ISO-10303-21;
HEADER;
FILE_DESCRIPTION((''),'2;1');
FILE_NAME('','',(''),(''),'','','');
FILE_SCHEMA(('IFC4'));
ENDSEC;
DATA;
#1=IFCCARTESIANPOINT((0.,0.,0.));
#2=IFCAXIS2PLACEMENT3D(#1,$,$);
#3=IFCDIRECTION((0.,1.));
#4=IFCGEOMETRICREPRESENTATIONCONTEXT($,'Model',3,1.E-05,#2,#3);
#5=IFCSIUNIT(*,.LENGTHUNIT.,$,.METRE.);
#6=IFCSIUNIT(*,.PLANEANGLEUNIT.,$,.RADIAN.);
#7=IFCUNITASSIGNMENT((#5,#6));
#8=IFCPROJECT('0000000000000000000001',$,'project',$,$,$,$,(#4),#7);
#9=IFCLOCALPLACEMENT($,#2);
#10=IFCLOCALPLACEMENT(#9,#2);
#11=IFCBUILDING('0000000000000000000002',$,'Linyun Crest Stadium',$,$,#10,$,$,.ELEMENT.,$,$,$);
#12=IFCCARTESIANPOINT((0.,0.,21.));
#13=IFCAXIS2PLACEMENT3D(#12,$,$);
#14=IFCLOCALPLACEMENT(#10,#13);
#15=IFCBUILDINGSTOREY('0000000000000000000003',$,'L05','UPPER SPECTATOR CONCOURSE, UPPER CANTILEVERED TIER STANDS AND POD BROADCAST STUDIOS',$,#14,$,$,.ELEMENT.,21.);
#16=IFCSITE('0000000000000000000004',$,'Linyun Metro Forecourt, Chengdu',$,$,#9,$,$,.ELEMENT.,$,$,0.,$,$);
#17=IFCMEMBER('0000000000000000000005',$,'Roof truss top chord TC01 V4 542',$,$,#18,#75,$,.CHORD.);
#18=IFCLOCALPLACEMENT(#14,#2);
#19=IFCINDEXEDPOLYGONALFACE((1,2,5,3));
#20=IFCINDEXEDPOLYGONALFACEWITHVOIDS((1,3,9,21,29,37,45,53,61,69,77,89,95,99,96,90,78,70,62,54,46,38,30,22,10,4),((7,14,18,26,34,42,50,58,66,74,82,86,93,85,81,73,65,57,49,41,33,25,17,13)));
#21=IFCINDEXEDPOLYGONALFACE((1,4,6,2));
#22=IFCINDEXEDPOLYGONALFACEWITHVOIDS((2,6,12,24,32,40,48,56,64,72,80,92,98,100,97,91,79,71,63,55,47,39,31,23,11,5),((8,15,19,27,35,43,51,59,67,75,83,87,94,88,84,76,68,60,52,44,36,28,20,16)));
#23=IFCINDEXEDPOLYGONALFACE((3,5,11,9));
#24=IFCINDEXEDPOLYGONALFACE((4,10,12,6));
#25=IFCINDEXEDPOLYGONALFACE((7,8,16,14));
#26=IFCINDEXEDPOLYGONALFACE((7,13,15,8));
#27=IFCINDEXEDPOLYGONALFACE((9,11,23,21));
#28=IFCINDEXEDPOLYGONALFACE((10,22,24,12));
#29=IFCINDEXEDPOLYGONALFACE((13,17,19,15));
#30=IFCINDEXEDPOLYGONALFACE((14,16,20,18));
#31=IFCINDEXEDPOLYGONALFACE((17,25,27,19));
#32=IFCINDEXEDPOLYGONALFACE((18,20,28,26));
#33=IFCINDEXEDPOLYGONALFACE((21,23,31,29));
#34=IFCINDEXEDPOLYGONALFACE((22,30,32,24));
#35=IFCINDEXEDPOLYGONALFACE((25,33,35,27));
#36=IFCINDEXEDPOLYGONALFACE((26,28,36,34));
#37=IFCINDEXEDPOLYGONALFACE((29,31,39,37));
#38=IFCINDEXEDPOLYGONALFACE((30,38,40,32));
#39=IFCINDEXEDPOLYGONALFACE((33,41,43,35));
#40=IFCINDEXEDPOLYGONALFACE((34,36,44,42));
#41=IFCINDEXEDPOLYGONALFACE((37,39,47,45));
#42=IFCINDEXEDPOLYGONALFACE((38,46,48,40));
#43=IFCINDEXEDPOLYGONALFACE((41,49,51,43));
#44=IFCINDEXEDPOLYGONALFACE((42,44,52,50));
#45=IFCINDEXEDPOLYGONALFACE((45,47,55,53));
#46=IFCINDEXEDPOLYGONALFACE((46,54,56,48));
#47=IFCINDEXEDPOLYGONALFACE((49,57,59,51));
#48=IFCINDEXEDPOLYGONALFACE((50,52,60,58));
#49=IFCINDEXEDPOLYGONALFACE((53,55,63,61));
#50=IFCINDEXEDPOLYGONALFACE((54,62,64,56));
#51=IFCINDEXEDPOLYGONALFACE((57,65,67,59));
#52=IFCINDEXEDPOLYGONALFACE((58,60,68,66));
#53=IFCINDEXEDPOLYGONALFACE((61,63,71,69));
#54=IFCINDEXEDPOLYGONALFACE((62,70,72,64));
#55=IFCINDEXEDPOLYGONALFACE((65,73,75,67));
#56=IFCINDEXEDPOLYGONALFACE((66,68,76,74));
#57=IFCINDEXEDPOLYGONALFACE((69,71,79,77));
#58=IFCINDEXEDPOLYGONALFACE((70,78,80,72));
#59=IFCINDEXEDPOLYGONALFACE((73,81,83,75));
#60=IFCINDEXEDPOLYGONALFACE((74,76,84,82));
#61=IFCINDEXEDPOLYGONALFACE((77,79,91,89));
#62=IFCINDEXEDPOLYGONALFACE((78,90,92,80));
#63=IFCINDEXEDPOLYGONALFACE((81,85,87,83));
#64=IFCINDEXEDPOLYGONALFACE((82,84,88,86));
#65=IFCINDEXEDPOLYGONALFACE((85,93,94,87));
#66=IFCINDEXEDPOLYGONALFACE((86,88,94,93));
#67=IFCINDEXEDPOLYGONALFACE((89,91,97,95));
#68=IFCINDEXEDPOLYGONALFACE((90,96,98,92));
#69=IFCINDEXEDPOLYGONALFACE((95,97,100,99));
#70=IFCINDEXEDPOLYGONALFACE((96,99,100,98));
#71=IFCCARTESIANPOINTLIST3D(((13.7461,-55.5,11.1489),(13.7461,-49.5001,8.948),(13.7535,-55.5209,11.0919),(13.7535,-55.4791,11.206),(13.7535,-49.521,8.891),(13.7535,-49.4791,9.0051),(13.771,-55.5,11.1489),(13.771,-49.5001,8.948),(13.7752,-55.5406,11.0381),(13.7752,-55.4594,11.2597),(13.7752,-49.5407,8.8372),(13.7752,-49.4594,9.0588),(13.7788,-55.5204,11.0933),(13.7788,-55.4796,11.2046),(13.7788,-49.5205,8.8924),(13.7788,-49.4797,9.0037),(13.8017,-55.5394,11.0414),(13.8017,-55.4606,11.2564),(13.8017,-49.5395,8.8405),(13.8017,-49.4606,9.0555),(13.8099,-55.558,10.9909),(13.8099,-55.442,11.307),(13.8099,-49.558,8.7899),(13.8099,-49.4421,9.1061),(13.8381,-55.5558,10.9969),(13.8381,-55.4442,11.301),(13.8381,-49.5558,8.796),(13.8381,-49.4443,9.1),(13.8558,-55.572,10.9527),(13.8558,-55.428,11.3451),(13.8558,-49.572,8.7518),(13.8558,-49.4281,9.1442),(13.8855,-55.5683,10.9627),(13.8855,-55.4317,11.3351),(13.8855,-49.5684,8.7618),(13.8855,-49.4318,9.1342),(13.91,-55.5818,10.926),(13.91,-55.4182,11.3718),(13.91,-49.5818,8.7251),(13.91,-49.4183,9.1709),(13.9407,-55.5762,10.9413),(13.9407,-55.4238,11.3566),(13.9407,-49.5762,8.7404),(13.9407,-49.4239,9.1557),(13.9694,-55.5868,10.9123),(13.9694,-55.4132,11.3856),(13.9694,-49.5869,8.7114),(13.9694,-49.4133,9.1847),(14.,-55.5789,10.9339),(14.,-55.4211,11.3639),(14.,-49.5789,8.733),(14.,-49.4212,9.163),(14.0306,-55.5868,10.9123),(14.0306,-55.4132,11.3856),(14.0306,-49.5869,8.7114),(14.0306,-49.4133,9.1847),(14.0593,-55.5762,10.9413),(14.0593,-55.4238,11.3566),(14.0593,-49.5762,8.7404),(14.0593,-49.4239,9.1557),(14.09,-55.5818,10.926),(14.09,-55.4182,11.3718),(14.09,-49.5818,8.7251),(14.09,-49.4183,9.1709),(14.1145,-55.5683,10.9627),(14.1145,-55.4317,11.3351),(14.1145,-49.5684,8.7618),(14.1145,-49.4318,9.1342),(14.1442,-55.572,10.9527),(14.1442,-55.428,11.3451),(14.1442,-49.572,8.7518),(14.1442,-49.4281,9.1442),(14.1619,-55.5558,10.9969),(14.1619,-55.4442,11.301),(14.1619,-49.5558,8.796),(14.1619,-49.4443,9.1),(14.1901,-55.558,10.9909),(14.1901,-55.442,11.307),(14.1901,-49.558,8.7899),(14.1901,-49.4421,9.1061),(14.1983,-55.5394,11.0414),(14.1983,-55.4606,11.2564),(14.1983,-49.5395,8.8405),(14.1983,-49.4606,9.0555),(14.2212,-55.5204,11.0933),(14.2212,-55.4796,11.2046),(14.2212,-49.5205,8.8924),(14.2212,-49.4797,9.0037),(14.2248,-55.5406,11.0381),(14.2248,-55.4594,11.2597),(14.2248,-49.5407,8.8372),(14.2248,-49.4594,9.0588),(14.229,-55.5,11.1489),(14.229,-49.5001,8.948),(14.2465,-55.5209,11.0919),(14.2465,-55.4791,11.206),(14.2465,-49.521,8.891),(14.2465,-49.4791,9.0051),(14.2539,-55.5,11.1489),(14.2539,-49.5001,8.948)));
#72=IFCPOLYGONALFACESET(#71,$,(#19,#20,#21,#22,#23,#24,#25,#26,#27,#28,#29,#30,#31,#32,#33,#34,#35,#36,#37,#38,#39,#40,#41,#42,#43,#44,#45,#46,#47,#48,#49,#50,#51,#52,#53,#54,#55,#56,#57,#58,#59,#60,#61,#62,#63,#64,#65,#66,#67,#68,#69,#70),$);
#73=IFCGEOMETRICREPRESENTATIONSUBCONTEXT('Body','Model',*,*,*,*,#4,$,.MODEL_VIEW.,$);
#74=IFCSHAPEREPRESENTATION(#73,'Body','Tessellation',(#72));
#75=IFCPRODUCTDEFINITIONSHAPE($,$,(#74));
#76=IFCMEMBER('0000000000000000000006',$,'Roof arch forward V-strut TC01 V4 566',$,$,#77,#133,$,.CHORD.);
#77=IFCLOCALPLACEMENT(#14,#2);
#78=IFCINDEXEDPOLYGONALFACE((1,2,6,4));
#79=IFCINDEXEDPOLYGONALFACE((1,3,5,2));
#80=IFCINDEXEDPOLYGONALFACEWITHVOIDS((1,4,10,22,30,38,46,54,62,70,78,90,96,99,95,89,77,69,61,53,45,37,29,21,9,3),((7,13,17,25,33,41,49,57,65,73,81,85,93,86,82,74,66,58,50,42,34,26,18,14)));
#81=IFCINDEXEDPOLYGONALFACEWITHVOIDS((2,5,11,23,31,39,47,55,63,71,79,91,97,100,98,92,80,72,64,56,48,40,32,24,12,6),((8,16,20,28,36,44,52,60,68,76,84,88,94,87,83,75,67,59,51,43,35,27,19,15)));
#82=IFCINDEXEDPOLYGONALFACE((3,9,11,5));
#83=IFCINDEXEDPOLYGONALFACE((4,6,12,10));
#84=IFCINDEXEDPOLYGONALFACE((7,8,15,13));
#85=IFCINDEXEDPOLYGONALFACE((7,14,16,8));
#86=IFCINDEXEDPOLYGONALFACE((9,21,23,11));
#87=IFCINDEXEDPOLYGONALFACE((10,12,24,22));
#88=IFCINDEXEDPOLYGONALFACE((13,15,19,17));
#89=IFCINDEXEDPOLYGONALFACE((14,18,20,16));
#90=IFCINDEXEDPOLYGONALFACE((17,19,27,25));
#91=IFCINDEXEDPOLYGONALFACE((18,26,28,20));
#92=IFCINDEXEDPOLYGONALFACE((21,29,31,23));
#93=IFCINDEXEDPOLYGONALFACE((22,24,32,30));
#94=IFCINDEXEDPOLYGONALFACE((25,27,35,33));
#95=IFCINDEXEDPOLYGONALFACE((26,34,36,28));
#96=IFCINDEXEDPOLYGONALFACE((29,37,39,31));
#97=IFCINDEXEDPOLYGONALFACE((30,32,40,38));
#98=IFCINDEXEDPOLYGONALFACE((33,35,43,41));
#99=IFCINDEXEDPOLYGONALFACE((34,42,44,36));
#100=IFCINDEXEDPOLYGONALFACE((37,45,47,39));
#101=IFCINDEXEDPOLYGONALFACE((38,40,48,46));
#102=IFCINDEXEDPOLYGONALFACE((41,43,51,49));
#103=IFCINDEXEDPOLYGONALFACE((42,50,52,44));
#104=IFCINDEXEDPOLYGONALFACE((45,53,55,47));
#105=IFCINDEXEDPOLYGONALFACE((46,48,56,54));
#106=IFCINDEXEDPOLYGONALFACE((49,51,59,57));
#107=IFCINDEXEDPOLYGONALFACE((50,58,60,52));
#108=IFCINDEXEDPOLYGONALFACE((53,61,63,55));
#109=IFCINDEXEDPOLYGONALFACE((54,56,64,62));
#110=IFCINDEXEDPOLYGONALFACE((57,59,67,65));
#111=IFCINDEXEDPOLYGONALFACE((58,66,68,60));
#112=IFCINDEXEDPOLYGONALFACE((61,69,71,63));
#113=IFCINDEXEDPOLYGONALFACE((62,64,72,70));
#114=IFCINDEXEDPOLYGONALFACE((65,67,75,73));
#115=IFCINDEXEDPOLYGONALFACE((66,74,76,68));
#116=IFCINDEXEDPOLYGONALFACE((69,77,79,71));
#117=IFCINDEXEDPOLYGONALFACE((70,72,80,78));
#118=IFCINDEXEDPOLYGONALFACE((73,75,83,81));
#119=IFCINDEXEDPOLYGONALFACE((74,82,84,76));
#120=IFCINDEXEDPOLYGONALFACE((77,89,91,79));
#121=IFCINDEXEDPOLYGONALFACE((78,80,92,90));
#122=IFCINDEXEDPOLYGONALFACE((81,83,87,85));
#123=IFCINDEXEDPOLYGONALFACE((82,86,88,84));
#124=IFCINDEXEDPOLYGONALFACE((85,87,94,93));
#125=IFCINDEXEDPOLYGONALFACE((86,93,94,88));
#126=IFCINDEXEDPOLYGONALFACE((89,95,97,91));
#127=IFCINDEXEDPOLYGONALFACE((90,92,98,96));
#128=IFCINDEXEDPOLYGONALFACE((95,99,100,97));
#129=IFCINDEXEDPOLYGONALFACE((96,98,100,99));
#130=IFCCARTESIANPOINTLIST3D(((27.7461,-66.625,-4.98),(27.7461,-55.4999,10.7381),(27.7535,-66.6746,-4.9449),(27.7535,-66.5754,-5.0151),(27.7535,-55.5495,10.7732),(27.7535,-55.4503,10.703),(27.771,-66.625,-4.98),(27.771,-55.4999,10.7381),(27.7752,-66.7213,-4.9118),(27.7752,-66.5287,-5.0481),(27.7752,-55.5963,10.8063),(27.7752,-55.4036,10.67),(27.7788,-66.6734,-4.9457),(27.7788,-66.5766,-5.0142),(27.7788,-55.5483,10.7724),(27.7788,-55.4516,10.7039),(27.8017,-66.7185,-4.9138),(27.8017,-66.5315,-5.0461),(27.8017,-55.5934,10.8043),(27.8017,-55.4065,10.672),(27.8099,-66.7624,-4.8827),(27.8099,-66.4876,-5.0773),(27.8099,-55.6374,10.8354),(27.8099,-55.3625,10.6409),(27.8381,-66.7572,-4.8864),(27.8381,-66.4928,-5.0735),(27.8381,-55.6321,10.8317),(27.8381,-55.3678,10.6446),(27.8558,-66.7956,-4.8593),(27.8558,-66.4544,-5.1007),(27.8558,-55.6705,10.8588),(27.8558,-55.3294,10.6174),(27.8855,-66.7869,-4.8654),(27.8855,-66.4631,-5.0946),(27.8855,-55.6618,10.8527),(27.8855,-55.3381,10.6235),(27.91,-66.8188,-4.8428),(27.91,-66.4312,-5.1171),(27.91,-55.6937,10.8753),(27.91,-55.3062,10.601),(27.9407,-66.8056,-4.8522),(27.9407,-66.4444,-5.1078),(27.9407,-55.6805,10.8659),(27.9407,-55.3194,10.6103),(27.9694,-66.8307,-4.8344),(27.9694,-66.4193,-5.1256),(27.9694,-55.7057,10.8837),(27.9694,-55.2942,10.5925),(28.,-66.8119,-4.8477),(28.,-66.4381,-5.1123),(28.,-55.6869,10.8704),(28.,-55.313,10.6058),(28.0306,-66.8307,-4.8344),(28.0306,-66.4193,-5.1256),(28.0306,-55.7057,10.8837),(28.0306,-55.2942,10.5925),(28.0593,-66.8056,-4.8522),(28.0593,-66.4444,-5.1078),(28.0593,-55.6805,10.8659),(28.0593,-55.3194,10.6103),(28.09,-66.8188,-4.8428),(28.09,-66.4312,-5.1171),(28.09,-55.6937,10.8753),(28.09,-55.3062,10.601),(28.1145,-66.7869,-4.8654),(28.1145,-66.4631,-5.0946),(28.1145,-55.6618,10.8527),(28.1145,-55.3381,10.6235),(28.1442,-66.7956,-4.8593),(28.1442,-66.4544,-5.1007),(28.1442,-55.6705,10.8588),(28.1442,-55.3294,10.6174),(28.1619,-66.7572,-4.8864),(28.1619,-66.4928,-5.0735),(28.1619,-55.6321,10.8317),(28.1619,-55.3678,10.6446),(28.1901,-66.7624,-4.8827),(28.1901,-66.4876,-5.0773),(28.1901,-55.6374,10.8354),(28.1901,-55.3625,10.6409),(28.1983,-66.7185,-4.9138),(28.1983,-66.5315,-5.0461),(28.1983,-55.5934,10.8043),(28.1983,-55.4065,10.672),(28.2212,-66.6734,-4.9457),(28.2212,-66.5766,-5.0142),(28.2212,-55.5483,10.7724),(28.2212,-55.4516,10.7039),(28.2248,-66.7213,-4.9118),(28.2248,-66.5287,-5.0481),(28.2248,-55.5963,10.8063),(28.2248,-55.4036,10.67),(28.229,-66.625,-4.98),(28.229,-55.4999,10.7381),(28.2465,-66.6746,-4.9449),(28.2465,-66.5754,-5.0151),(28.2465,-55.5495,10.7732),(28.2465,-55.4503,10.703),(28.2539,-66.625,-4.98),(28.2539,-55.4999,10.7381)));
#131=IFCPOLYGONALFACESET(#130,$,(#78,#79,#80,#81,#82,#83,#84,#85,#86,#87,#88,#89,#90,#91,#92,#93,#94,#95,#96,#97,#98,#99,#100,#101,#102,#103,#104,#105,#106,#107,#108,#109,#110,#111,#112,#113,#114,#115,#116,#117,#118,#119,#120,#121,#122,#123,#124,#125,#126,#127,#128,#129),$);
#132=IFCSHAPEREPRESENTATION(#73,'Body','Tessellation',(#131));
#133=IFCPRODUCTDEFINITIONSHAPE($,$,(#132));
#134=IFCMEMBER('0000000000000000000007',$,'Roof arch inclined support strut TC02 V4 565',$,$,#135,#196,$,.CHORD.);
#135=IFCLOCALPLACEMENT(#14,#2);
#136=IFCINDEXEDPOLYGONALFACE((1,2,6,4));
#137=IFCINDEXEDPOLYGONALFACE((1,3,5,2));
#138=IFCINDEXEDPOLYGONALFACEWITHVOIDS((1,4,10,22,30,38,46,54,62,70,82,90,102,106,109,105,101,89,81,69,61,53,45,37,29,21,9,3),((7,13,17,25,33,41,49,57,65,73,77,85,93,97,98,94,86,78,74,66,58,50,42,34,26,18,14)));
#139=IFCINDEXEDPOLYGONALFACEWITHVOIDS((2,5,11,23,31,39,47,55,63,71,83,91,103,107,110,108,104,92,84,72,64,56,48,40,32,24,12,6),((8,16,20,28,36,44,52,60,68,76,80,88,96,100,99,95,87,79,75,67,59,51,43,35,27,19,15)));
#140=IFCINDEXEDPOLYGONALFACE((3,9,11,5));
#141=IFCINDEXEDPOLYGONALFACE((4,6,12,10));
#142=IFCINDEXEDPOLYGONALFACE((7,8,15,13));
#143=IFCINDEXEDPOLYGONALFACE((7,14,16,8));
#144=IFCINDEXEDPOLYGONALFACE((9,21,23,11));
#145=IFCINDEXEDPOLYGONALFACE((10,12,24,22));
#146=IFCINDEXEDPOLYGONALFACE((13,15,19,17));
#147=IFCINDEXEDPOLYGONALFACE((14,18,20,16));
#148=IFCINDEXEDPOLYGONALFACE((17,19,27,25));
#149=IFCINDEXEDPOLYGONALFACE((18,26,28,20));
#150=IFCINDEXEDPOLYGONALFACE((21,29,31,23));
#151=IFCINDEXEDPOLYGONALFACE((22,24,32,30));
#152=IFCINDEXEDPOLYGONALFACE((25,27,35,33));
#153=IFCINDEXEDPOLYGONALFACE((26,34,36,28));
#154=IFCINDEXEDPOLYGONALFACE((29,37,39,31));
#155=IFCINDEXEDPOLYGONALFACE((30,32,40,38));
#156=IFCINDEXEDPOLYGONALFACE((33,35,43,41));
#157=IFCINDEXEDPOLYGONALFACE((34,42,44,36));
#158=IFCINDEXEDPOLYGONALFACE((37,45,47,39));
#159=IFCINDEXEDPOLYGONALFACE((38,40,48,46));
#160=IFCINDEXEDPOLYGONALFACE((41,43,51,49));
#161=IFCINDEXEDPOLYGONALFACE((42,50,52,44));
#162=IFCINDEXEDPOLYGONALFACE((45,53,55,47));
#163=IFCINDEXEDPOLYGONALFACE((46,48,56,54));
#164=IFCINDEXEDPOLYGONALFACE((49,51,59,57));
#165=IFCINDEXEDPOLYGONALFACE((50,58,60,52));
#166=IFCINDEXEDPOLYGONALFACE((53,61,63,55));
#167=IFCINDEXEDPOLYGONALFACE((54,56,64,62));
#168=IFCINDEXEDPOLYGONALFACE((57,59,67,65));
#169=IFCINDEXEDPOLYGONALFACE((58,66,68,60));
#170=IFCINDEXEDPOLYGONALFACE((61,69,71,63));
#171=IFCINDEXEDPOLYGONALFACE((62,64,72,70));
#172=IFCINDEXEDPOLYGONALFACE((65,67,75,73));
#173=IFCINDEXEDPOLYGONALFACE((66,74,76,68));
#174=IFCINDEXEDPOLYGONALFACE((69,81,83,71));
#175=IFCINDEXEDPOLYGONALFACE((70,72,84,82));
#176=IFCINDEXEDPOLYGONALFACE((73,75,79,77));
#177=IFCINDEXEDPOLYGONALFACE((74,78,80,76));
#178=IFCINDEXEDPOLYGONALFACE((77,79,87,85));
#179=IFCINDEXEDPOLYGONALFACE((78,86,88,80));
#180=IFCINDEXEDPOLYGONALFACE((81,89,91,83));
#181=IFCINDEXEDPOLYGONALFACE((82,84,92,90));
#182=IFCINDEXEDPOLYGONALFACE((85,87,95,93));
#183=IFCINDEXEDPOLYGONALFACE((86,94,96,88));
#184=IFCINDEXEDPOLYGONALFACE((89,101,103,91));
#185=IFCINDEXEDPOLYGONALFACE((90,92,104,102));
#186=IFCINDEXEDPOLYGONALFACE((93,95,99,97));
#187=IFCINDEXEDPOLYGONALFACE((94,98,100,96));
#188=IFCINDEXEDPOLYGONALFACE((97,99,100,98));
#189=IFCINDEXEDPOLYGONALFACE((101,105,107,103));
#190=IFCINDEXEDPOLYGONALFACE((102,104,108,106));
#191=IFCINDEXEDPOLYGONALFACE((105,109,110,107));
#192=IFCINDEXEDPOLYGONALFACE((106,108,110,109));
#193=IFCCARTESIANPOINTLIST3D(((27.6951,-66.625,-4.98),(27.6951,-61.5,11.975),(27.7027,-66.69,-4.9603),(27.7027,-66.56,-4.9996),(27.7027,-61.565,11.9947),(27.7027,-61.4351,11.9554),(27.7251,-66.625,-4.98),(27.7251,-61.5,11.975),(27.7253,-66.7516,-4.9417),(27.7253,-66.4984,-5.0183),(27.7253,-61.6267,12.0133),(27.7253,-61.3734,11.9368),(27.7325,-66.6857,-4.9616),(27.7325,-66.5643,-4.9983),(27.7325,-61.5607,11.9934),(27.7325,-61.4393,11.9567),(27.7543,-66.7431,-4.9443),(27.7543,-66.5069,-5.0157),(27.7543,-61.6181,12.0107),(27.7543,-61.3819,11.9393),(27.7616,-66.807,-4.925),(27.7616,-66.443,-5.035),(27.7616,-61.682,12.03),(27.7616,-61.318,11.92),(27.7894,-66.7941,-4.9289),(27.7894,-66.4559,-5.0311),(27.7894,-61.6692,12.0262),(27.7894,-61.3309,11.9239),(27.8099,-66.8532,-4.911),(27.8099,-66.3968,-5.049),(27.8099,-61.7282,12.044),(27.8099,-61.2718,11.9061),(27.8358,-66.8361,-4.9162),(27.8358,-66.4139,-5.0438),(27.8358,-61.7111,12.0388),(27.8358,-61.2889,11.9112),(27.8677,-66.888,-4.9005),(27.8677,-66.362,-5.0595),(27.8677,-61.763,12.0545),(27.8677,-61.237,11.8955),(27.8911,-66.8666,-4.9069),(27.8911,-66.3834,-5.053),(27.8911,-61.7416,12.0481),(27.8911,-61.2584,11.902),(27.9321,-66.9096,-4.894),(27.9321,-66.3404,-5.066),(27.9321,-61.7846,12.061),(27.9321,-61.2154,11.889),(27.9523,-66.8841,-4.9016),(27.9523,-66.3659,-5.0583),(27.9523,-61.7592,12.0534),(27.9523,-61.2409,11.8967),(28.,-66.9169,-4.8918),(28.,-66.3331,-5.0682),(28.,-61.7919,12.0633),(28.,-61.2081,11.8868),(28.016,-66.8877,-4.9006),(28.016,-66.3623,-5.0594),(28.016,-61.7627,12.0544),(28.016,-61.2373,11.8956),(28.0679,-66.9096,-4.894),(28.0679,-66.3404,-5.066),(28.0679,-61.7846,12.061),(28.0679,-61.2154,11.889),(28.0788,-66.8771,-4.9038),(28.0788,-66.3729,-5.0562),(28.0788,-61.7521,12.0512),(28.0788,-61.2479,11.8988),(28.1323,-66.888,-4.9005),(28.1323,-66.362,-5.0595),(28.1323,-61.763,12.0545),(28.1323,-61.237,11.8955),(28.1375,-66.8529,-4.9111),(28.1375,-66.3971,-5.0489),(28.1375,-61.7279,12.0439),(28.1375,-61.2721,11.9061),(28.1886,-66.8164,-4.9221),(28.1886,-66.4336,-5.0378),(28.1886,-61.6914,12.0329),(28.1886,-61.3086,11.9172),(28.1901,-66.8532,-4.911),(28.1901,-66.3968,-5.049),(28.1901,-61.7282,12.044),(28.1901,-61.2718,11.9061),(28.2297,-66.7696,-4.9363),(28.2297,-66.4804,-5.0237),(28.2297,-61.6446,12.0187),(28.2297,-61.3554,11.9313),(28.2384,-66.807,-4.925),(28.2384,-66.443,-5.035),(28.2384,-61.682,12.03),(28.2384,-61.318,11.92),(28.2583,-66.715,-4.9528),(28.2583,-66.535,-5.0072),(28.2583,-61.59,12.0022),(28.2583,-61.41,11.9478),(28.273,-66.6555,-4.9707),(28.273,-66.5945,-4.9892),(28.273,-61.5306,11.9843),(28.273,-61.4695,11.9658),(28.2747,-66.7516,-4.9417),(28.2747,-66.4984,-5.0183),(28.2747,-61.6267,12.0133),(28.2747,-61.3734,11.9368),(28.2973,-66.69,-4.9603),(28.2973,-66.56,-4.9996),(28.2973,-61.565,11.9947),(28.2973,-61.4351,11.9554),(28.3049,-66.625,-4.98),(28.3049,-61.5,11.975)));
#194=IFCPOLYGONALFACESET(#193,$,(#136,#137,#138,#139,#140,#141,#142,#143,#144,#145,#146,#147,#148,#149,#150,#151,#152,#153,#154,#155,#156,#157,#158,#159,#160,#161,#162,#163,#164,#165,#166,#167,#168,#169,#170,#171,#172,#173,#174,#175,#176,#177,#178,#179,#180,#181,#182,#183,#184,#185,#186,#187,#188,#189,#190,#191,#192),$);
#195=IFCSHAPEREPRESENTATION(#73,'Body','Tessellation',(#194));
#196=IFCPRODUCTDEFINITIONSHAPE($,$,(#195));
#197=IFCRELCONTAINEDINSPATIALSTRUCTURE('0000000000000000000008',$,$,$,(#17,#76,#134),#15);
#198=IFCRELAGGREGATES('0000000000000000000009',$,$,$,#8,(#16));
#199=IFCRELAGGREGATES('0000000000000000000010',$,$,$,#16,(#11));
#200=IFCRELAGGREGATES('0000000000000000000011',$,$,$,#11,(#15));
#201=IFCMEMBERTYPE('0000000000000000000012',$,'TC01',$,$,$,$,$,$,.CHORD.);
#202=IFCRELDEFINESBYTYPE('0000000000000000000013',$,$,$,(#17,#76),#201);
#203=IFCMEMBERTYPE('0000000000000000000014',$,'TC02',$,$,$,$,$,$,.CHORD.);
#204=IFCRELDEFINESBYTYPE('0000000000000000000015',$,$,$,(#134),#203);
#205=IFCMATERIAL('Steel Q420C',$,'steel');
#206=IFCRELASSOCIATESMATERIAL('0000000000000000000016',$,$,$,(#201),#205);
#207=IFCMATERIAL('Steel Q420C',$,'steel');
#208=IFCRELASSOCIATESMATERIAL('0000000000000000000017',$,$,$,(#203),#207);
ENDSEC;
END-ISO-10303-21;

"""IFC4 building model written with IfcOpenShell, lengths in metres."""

from ifc_helpers import new_model, si_unit, direction, frame, origin, origin_2d, place, context, subcontext, project, spatial, hollow_circle, extrude, material, material_profile, profile_set, type_object, element, save


model = new_model("IFC4")

# Units and contexts
model_context = context("Model", 3, precision=1e-05, world=origin(), true_north=direction((0.0, 1.0)))
body_context = subcontext(model_context, "Body", "Model", "MODEL_VIEW")
ifc_project = project(units=[si_unit("LENGTHUNIT", "METRE"), si_unit("PLANEANGLEUNIT", "RADIAN")], contexts=[model_context])

# Site, building, storey
site_placement = place(None, origin())
site = spatial("IfcSite", under=ifc_project, at=site_placement, Name="Linyun Metro Forecourt, Chengdu", CompositionType="ELEMENT", RefElevation=0.0)
building_placement = place(site_placement, origin())
building = spatial("IfcBuilding", under=site, at=building_placement, Name="Linyun Crest Stadium", CompositionType="ELEMENT")
storey_placement = place(building_placement, frame((0.0, 0.0, 21.0)))
storey = spatial("IfcBuildingStorey", under=building, at=storey_placement, Name="L05", Description="UPPER SPECTATOR CONCOURSE, UPPER CANTILEVERED TIER STANDS AND POD BROADCAST STUDIOS", CompositionType="ELEMENT", Elevation=21.0)

# Members
ifc_material_1 = material(Name="Steel Q420C", Category="steel")
ifc_material_profile_1 = material_profile(ifc_material_1, hollow_circle(Radius=0.2539, WallThickness=0.0249, at=origin_2d()), Name="CHS 508x25")
ifc_profile_set_1 = profile_set([ifc_material_profile_1], Name="Steel Q420C")
member_type_1 = type_object("IfcMemberType", Name="TC01", PredefinedType="CHORD", material=ifc_profile_set_1)
member_1_placement = place(storey_placement, frame((14.0, -55.5, 11.1489), z_axis=(0.0, 0.938829, -0.344383), x_axis=(-1.0, 0.0, 0.0)))
element("IfcMember", 1, at=member_1_placement, inside=storey, type_object=member_type_1, Name="Roof truss top chord TC01 V4 542", PredefinedType="CHORD", context=body_context, shape_type="SweptSolid", body=[
    extrude(hollow_circle(Radius=0.2539, WallThickness=0.0249, at=origin_2d()), origin(), (0.0, 0.0, 1.0), 6.3909),
])
member_2_placement = place(storey_placement, frame((28.0, -66.625, -4.98), z_axis=(0.0, 0.57772, 0.816235), x_axis=(-1.0, 0.0, 0.0)))
element("IfcMember", 2, at=member_2_placement, inside=storey, type_object=member_type_1, Name="Roof arch forward V-strut TC01 V4 566", PredefinedType="CHORD", context=body_context, shape_type="SweptSolid", body=[
    extrude(hollow_circle(Radius=0.2539, WallThickness=0.0249, at=origin_2d()), origin(), (0.0, 0.0, 1.0), 19.2568),
])
ifc_material_2 = material(Name="Steel Q420C", Category="steel")
ifc_material_profile_2 = material_profile(ifc_material_2, hollow_circle(Radius=0.3049, WallThickness=0.03, at=origin_2d()), Name="CHS 610x30")
ifc_profile_set_2 = profile_set([ifc_material_profile_2], Name="Steel Q420C")
member_type_2 = type_object("IfcMemberType", Name="TC02", PredefinedType="CHORD", material=ifc_profile_set_2)
member_3_placement = place(storey_placement, frame((28.0, -66.625, -4.98), z_axis=(0.0, 0.28934, 0.957226), x_axis=(-1.0, 0.0, 0.0)))
element("IfcMember", 3, at=member_3_placement, inside=storey, type_object=member_type_2, Name="Roof arch inclined support strut TC02 V4 565", PredefinedType="CHORD", context=body_context, shape_type="SweptSolid", body=[
    extrude(hollow_circle(Radius=0.3049, WallThickness=0.03, at=origin_2d()), origin(), (0.0, 0.0, 1.0), 17.7126),
])

save(model, "model.ifc")
